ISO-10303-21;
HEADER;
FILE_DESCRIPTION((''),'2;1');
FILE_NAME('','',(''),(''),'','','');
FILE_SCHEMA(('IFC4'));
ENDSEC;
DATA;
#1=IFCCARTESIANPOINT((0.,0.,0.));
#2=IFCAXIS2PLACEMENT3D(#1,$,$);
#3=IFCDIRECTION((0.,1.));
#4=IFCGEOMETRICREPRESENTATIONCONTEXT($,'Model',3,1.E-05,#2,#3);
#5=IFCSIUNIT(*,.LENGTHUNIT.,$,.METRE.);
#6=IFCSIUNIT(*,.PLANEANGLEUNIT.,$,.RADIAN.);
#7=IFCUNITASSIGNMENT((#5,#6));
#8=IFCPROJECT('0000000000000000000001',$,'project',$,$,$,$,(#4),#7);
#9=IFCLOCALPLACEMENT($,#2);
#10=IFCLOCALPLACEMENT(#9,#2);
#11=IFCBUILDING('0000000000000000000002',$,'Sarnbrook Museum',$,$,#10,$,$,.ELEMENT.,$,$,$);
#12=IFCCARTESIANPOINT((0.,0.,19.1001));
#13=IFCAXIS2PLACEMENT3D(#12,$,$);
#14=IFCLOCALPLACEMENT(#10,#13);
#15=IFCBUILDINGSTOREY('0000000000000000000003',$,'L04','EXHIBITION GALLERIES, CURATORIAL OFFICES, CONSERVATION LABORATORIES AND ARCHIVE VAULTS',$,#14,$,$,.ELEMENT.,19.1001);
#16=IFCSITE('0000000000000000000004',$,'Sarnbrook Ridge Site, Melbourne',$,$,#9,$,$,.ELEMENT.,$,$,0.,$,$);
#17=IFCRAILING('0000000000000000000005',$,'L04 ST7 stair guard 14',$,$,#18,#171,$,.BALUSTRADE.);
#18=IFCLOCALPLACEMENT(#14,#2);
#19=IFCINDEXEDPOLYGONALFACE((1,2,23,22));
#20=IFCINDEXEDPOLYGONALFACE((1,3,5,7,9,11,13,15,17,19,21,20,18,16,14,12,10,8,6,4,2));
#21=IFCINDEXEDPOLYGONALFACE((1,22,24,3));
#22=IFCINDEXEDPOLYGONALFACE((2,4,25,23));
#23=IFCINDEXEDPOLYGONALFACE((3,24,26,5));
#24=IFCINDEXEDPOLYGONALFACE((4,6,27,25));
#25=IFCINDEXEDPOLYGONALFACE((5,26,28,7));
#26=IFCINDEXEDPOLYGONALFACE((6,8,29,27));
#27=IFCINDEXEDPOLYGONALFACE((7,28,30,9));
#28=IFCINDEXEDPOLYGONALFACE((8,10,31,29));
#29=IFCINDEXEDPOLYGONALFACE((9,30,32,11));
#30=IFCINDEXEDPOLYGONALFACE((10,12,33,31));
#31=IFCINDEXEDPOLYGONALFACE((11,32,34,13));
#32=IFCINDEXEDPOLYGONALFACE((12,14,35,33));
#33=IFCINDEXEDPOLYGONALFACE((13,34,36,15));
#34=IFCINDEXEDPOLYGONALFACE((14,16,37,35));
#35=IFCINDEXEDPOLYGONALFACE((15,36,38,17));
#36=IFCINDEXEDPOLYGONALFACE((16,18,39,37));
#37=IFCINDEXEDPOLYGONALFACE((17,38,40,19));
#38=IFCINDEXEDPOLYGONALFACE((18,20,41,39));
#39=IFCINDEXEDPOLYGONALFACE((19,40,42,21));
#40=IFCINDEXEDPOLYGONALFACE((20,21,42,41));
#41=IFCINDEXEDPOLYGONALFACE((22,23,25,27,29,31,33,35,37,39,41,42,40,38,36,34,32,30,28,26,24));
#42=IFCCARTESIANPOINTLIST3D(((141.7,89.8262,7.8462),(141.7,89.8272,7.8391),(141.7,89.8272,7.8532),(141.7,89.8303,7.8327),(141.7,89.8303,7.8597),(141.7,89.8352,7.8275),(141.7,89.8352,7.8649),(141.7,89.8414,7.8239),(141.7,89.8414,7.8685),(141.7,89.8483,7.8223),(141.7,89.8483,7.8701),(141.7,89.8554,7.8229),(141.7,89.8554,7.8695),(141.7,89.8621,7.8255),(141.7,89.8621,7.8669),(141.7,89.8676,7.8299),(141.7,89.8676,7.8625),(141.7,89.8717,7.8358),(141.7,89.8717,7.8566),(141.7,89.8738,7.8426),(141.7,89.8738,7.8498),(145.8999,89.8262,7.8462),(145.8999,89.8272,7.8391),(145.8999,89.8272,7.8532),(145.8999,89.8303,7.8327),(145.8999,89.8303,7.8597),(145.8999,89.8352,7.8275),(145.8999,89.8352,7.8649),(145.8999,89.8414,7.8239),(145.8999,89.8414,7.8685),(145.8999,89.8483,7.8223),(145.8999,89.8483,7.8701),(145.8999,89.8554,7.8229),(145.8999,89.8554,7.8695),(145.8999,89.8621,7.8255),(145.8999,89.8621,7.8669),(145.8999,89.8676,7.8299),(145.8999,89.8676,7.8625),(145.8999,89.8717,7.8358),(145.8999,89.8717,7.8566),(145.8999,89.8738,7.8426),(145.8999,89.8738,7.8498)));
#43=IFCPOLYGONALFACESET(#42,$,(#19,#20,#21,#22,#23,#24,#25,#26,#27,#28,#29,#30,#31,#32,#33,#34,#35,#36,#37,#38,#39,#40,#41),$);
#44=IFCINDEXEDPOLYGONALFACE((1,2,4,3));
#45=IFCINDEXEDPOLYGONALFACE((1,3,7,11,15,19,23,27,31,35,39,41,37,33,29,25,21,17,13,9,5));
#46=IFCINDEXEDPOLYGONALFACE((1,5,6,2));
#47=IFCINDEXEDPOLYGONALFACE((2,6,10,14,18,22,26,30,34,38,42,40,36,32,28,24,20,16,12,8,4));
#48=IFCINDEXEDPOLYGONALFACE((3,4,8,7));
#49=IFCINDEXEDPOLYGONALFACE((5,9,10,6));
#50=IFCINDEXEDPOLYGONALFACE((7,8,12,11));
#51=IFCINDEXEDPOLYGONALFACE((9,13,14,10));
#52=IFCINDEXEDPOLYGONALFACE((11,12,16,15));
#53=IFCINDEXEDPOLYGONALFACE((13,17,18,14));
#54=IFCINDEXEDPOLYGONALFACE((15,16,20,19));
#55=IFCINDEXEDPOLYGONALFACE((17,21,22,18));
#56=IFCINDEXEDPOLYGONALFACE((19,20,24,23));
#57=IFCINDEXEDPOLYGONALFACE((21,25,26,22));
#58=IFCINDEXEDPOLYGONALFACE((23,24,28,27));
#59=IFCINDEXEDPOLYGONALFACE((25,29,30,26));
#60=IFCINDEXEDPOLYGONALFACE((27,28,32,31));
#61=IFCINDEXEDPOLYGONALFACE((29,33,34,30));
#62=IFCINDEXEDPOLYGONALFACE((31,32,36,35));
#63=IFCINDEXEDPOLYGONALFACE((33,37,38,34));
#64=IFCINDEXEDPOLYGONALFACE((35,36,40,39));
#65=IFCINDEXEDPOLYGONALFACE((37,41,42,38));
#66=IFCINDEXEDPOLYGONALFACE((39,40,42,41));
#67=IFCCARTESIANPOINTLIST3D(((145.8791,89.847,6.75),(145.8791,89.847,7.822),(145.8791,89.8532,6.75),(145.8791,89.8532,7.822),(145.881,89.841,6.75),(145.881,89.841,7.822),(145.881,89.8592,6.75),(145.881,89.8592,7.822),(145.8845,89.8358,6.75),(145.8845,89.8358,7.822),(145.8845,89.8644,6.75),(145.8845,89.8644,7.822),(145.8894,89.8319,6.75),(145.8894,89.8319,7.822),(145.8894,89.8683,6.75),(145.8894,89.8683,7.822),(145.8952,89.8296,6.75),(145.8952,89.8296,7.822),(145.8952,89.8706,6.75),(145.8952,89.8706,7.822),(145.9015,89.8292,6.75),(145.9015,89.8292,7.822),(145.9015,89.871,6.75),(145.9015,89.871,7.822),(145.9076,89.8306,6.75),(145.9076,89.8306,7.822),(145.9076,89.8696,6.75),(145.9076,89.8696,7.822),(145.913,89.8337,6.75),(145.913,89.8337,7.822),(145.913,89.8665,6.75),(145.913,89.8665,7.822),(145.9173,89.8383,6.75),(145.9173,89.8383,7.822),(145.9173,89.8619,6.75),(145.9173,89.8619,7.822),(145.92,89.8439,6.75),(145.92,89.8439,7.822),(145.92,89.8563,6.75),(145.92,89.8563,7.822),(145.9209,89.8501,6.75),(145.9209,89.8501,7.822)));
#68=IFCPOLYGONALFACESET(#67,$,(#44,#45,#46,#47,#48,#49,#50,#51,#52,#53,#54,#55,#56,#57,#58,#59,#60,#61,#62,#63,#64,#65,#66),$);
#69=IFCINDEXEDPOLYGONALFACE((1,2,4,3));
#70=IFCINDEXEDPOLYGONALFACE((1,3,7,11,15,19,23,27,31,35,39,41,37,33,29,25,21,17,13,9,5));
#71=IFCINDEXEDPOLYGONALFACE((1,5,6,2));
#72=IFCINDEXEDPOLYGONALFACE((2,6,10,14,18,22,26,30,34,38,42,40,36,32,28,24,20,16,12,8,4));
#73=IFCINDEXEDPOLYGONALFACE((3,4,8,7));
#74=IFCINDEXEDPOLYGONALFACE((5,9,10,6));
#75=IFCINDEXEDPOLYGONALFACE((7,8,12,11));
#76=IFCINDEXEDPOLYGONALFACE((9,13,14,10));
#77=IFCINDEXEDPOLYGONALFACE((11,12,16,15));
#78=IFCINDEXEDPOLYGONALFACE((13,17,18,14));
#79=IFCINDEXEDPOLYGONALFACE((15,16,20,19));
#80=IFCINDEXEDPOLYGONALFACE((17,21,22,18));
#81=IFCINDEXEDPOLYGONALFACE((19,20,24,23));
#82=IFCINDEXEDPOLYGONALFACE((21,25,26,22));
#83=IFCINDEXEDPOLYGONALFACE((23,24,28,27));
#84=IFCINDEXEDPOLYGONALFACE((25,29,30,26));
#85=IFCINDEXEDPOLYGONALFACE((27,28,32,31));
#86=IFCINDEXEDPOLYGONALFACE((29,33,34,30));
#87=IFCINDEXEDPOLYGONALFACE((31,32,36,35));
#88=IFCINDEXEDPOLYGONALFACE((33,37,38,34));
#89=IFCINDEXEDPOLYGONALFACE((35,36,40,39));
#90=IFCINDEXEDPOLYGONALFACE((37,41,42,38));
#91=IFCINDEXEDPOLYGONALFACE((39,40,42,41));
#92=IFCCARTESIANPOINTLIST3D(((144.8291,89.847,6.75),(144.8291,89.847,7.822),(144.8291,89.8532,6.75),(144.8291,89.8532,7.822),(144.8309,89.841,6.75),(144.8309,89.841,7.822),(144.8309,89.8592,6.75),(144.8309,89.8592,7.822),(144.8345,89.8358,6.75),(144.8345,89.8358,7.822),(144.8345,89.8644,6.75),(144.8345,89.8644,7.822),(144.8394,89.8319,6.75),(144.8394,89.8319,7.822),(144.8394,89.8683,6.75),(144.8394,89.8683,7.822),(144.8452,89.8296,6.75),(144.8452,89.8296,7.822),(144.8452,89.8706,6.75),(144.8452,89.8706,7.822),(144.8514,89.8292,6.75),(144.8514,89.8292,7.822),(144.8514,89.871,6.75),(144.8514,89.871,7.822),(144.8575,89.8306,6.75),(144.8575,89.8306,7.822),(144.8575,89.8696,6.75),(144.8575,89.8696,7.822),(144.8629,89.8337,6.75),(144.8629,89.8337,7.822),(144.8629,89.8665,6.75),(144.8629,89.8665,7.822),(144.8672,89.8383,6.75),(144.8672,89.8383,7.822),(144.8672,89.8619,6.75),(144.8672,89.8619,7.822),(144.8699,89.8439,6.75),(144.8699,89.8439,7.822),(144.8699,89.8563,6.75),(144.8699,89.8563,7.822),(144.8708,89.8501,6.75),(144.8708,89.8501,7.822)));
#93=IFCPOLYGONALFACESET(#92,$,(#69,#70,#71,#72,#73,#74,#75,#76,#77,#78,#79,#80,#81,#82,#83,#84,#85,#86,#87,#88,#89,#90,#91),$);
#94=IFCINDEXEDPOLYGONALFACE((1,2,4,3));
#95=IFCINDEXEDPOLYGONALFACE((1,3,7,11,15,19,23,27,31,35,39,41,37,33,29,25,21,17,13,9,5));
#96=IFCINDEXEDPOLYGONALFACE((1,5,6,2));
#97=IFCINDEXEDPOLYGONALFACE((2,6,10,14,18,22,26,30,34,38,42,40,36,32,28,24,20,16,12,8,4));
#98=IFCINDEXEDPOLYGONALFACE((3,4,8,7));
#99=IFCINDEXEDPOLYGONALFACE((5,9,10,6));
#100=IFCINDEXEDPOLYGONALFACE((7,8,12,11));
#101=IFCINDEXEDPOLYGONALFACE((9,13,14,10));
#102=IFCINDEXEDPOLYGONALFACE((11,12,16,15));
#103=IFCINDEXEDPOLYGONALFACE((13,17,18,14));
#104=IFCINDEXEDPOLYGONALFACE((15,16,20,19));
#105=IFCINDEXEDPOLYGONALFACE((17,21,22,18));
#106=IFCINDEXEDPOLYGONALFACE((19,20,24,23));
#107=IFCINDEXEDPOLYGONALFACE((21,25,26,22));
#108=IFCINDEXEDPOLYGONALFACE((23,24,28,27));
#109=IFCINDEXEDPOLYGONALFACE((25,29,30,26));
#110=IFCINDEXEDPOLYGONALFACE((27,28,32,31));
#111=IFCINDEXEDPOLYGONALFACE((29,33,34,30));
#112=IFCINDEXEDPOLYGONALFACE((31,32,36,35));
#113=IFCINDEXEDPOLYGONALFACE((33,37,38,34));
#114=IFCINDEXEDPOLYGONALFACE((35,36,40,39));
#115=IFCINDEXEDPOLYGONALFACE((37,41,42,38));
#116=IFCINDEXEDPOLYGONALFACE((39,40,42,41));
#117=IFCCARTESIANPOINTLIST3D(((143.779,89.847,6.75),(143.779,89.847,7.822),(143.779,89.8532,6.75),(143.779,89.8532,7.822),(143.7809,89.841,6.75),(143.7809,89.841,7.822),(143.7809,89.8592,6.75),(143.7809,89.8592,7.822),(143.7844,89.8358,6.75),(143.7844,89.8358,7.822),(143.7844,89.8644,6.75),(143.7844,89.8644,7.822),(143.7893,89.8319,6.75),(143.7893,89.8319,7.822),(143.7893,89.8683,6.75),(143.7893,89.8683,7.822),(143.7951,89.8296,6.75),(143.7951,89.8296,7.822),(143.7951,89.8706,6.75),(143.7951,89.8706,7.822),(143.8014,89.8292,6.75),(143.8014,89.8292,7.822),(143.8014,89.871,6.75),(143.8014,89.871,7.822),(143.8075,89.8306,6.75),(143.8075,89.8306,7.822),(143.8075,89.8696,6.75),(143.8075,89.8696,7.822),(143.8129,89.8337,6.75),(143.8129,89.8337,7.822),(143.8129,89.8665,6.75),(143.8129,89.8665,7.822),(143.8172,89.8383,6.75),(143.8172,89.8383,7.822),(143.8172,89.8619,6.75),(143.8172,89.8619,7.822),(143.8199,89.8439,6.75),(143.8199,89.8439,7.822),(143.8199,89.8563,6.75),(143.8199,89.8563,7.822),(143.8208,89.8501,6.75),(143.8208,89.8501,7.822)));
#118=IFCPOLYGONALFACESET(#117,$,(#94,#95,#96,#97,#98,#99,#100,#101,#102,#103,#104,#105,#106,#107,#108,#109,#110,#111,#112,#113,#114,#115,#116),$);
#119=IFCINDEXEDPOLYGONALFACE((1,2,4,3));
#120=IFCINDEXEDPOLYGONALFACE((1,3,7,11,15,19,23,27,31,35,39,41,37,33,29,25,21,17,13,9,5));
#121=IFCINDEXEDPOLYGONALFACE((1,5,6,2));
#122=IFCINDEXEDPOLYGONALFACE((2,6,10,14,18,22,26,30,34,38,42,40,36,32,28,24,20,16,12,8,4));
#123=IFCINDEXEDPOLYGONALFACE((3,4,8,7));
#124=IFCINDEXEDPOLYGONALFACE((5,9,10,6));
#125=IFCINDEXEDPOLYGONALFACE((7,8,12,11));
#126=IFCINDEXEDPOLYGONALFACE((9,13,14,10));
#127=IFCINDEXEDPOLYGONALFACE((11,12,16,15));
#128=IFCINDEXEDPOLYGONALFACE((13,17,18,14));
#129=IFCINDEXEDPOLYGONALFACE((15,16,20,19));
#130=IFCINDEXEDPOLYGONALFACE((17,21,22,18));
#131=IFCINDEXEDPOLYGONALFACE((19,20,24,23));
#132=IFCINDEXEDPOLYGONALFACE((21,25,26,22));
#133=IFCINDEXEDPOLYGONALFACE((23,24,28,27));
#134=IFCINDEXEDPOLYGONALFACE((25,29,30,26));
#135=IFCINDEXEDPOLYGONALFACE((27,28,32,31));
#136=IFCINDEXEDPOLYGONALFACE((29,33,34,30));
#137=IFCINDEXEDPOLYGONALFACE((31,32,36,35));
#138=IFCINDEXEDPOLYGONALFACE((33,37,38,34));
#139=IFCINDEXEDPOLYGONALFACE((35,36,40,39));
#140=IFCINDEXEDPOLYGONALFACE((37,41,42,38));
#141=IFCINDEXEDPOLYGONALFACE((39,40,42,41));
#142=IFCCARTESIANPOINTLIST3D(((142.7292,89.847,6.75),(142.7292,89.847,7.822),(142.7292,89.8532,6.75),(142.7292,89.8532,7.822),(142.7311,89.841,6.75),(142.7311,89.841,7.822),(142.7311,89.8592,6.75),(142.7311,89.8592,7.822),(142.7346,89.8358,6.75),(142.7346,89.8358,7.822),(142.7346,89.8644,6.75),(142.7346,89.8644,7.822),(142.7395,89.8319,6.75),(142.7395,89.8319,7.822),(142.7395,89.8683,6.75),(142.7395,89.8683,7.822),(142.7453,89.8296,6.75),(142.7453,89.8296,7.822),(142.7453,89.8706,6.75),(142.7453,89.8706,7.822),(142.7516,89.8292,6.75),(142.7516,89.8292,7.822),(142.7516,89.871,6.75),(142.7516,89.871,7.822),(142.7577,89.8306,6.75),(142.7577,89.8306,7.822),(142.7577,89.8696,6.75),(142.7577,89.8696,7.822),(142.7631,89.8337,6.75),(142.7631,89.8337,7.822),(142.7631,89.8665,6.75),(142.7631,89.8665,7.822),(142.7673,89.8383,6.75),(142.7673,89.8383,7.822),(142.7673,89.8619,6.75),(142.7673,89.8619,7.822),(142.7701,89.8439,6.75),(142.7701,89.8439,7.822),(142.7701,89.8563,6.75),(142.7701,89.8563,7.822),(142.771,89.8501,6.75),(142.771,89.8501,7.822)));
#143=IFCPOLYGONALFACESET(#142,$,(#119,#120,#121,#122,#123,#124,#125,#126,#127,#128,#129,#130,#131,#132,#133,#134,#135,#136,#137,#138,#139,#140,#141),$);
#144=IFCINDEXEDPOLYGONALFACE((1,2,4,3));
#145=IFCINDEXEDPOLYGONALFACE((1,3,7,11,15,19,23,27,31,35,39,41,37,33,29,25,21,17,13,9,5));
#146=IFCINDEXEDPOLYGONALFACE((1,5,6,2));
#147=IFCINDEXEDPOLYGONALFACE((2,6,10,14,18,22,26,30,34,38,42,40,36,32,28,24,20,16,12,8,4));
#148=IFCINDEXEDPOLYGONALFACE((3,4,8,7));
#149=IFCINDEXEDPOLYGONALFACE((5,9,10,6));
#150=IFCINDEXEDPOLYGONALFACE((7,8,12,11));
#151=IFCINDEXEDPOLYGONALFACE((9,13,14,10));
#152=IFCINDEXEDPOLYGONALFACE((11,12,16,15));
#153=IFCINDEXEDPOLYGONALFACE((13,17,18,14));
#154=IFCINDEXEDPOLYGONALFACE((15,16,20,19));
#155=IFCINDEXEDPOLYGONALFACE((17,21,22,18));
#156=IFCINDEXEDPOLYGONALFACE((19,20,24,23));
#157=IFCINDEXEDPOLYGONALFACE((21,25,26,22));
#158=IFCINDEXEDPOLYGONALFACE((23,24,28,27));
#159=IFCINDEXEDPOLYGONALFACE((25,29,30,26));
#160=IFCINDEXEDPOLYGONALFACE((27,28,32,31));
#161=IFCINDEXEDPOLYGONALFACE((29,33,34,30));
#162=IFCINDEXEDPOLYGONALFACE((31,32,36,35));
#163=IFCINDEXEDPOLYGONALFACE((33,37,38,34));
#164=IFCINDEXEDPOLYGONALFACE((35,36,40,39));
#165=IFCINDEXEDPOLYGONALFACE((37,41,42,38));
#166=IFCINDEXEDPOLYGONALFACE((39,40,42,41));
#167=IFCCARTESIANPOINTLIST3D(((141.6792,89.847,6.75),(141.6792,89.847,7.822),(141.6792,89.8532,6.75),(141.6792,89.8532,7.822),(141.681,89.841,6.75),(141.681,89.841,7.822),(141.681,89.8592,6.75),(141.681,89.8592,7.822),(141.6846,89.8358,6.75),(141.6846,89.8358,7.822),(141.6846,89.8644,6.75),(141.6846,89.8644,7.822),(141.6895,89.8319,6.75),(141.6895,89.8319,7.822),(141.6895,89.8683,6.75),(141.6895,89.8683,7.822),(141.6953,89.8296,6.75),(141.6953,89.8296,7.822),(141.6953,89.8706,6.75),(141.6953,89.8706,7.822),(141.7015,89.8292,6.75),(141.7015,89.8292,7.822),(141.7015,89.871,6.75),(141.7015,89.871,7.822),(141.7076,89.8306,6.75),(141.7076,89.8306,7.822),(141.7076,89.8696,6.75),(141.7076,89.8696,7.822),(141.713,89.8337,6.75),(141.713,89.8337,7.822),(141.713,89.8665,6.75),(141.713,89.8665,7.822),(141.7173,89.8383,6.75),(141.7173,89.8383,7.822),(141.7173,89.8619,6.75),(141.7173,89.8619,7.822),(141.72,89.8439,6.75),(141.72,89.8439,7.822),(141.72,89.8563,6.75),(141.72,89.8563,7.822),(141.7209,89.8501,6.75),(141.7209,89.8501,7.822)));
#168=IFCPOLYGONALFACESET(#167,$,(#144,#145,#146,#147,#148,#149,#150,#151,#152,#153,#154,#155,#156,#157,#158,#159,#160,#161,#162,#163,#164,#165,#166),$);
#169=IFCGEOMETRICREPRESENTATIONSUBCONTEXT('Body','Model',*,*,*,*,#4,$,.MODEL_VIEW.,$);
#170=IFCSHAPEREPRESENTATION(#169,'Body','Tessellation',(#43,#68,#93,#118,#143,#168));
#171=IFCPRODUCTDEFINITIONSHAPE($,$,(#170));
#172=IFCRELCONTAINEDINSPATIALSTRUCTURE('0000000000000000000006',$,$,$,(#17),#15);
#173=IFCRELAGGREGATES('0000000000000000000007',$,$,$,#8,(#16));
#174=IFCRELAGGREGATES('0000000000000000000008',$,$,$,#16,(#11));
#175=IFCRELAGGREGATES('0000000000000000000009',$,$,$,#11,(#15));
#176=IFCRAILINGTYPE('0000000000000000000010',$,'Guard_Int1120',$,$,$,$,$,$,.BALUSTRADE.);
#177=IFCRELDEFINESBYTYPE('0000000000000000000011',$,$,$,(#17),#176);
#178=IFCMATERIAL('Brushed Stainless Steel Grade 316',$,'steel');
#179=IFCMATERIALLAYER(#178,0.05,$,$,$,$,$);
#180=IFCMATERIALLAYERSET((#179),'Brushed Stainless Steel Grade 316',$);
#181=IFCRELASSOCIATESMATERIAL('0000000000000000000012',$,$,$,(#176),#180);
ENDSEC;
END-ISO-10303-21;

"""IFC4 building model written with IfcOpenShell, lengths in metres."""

from ifc_helpers import new_model, si_unit, direction, frame, origin, origin_2d, place, context, subcontext, project, spatial, circle, extrude, material, layer, layer_set, type_object, element, save


model = new_model("IFC4")

# Units and contexts
model_context = context("Model", 3, precision=1e-05, world=origin(), true_north=direction((0.0, 1.0)))
body_context = subcontext(model_context, "Body", "Model", "MODEL_VIEW")
ifc_project = project(units=[si_unit("LENGTHUNIT", "METRE"), si_unit("PLANEANGLEUNIT", "RADIAN")], contexts=[model_context])

# Site, building, storey
site_placement = place(None, origin())
site = spatial("IfcSite", under=ifc_project, at=site_placement, Name="Sarnbrook Ridge Site, Melbourne", CompositionType="ELEMENT", RefElevation=0.0)
building_placement = place(site_placement, origin())
building = spatial("IfcBuilding", under=site, at=building_placement, Name="Sarnbrook Museum", CompositionType="ELEMENT")
storey_placement = place(building_placement, frame((0.0, 0.0, 19.1001)))
storey = spatial("IfcBuildingStorey", under=building, at=storey_placement, Name="L04", Description="EXHIBITION GALLERIES, CURATORIAL OFFICES, CONSERVATION LABORATORIES AND ARCHIVE VAULTS", CompositionType="ELEMENT", Elevation=19.1001)

# Railing
ifc_material_1 = material(Name="Brushed Stainless Steel Grade 316", Category="steel")
ifc_layer_1 = layer(ifc_material_1, 0.05)
ifc_layer_set_1 = layer_set([ifc_layer_1], Name="Brushed Stainless Steel Grade 316")
railing_type = type_object("IfcRailingType", Name="Guard_Int1120", PredefinedType="BALUSTRADE", material=ifc_layer_set_1)
railing_1_placement = place(storey_placement, frame((145.8999, 89.8501, 6.75)))
element("IfcRailing", 1, at=railing_1_placement, inside=storey, type_object=railing_type, Name="L04 ST7 stair guard 14", PredefinedType="BALUSTRADE", context=body_context, shape_type="SweptSolid", body=[
    extrude(circle(Radius=0.0239, at=origin_2d()), frame((0.0, 0.0, 1.0962), z_axis=(-1.0, 0.0, 0.0), x_axis=(0.0, -1.0, 0.0)), (0.0, 0.0, 1.0), 4.2),
    extrude(circle(Radius=0.021, at=origin_2d()), origin(), (0.0, 0.0, 1.0), 1.072),
    extrude(circle(Radius=0.021, at=origin_2d()), frame((-1.05, 0.0, 0.0)), (0.0, 0.0, 1.0), 1.072),
    extrude(circle(Radius=0.021, at=origin_2d()), frame((-2.1001, 0.0, 0.0)), (0.0, 0.0, 1.0), 1.072),
    extrude(circle(Radius=0.021, at=origin_2d()), frame((-3.1499, 0.0, 0.0)), (0.0, 0.0, 1.0), 1.072),
    extrude(circle(Radius=0.021, at=origin_2d()), frame((-4.2, 0.0, 0.0)), (0.0, 0.0, 1.0), 1.072),
])

save(model, "model.ifc")
